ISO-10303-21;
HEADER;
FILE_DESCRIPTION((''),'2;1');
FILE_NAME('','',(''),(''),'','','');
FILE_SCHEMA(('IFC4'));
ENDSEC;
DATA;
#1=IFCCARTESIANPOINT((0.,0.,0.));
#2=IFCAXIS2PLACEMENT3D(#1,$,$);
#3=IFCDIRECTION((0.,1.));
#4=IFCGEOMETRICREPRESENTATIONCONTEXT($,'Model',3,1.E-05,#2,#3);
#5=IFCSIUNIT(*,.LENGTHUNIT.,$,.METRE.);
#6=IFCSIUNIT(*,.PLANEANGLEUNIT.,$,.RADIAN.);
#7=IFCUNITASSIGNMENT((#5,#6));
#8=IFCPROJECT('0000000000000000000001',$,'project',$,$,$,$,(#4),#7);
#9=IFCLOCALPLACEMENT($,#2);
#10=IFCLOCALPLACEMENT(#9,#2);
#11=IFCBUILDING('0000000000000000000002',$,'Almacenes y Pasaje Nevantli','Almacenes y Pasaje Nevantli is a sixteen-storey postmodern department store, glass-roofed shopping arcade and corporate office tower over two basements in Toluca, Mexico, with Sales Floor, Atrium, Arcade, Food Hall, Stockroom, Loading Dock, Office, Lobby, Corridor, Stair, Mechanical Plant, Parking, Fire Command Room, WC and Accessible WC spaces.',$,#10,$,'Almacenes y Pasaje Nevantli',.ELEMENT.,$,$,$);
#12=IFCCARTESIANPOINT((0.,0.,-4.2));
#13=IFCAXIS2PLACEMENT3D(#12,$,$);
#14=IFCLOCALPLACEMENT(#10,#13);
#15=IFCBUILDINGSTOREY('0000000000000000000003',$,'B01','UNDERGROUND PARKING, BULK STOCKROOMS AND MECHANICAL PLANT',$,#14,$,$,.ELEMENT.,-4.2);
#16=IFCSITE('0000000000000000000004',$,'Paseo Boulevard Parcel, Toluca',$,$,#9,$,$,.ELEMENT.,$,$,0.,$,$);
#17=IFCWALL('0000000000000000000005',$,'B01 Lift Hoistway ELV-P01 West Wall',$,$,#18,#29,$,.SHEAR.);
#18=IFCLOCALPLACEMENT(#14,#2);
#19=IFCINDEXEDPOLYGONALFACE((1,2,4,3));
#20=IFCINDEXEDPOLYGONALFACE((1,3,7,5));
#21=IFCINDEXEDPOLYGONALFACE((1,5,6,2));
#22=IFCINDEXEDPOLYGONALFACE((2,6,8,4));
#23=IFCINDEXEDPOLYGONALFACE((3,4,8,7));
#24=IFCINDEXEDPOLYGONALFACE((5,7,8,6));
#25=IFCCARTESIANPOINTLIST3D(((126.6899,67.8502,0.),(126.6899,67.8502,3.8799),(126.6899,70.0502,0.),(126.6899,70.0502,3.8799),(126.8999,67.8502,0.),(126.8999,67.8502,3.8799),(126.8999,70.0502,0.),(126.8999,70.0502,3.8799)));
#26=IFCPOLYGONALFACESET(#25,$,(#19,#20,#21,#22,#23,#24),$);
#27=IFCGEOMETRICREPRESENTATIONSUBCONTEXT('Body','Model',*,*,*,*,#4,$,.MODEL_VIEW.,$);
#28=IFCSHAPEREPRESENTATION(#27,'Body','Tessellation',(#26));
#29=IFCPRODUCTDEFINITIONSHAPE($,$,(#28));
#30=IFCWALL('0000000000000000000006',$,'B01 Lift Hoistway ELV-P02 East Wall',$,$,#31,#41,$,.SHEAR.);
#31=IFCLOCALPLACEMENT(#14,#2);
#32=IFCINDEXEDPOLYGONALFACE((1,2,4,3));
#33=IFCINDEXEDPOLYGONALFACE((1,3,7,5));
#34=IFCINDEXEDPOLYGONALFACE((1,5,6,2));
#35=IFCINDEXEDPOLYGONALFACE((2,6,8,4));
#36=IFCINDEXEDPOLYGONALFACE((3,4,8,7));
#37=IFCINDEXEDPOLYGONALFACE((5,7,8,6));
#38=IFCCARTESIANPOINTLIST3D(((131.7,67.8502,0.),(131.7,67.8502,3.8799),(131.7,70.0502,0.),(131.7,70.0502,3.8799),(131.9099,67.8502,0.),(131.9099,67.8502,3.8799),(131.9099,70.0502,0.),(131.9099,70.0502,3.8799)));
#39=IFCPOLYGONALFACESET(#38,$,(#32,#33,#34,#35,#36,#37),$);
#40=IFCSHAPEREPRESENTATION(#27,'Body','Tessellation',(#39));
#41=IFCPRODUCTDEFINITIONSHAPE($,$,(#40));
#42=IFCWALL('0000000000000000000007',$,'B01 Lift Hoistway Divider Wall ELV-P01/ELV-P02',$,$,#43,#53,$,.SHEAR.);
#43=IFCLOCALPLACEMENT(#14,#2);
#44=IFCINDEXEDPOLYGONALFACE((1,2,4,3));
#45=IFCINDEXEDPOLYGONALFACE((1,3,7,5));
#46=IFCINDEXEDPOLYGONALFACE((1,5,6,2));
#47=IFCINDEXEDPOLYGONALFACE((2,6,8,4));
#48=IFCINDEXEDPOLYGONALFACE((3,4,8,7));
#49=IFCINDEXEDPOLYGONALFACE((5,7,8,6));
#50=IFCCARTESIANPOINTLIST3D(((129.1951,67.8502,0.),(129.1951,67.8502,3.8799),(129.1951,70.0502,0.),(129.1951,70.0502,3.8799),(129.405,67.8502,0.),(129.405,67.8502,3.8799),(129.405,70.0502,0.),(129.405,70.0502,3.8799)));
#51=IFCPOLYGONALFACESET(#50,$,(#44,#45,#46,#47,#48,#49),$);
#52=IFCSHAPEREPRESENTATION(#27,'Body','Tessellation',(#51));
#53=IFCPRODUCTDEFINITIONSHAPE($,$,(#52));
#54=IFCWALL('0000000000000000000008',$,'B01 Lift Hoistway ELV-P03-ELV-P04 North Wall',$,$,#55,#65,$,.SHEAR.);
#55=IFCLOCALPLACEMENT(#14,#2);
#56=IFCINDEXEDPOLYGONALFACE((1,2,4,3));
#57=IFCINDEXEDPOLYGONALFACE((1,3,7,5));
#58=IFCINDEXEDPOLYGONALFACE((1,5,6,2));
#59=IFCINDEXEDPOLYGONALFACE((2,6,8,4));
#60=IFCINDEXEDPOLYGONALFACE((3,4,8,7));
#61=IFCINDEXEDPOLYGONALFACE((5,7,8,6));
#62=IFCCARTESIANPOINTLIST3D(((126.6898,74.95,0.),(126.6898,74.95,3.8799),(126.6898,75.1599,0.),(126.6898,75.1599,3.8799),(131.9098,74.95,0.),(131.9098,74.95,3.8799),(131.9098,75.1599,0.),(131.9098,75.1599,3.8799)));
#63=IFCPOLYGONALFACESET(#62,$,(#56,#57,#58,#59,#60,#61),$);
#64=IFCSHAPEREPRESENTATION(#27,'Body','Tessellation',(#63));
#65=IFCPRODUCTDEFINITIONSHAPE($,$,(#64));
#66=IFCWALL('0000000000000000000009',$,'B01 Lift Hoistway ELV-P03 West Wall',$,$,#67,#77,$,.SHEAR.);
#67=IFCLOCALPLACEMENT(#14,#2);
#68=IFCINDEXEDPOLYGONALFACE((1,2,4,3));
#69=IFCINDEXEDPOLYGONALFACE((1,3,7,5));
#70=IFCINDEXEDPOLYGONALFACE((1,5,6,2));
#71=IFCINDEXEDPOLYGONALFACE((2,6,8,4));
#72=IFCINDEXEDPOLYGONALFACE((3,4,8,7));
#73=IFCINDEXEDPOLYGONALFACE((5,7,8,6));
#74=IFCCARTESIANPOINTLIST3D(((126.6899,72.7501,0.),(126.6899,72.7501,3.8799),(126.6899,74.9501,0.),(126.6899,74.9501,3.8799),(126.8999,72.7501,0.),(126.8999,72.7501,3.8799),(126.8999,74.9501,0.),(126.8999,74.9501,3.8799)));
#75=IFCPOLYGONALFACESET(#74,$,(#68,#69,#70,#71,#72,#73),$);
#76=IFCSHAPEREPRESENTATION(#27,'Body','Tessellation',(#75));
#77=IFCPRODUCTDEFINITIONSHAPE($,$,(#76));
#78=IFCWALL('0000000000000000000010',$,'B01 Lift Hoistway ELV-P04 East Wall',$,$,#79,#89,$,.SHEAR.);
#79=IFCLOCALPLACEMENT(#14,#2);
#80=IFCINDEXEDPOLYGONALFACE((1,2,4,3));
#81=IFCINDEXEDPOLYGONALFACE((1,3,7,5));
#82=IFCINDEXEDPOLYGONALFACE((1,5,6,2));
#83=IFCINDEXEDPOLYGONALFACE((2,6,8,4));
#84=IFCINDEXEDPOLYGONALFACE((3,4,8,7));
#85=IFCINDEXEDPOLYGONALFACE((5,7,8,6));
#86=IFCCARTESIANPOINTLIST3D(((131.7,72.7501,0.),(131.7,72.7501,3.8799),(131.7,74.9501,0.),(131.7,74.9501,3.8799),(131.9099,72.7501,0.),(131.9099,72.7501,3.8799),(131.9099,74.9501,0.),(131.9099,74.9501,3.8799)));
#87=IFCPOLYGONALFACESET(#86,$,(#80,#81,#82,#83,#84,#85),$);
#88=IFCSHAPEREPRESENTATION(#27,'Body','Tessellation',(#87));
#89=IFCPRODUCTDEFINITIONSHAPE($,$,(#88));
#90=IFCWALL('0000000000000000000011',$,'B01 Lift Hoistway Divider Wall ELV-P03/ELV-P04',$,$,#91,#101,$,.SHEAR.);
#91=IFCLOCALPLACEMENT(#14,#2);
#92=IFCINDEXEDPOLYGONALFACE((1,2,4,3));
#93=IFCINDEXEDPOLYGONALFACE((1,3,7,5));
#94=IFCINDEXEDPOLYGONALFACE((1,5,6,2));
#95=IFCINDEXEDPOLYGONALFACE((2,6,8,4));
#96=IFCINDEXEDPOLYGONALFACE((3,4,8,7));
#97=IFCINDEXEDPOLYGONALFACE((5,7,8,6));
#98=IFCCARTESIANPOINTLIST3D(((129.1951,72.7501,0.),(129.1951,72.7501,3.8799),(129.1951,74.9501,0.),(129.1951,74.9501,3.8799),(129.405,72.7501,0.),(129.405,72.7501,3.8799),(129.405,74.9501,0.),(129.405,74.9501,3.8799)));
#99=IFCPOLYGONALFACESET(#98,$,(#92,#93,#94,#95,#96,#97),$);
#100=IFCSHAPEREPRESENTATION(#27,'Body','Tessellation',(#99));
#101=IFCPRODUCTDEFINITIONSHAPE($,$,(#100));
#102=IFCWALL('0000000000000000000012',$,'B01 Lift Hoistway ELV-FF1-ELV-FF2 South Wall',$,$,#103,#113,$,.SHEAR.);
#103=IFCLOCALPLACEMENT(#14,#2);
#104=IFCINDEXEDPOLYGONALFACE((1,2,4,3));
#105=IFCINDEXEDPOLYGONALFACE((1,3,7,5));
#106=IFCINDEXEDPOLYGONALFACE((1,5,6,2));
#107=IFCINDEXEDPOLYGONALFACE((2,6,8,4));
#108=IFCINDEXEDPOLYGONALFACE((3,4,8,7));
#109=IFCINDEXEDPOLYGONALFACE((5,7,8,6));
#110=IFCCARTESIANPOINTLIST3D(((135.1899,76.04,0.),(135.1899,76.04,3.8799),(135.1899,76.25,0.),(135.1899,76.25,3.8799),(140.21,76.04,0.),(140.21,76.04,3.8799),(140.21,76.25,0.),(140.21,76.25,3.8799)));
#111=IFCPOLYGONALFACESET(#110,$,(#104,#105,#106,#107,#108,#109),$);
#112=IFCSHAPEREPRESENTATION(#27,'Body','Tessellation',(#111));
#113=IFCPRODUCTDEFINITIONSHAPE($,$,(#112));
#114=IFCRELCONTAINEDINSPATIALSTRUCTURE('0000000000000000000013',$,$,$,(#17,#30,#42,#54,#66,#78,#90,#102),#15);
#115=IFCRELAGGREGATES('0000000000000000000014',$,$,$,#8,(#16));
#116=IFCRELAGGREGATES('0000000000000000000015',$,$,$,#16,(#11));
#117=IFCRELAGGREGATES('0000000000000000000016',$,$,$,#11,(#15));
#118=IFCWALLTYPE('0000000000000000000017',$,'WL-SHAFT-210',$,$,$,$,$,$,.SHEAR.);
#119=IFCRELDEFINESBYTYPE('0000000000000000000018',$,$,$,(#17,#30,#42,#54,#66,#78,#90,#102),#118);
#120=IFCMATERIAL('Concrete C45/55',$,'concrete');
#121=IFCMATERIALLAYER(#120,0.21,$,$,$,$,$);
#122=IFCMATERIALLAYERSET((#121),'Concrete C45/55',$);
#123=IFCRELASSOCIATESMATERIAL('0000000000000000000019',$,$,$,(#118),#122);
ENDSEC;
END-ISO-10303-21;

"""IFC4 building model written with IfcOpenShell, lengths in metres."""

from ifc_helpers import new_model, si_unit, direction, frame, frame_2d, origin, place, context, subcontext, project, spatial, rectangle, extrude, material, layer, layer_set, type_object, element, save


model = new_model("IFC4")

# Units and contexts
model_context = context("Model", 3, precision=1e-05, world=origin(), true_north=direction((0.0, 1.0)))
body_context = subcontext(model_context, "Body", "Model", "MODEL_VIEW")
ifc_project = project(units=[si_unit("LENGTHUNIT", "METRE"), si_unit("PLANEANGLEUNIT", "RADIAN")], contexts=[model_context])

# Site, building, storey
site_placement = place(None, origin())
site = spatial("IfcSite", under=ifc_project, at=site_placement, Name="Paseo Boulevard Parcel, Toluca", CompositionType="ELEMENT", RefElevation=0.0)
building_placement = place(site_placement, origin())
building = spatial("IfcBuilding", under=site, at=building_placement, Name="Almacenes y Pasaje Nevantli", Description="Almacenes y Pasaje Nevantli is a sixteen-storey postmodern department store, glass-roofed shopping arcade and corporate office tower over two basements in Toluca, Mexico, with Sales Floor, Atrium, Arcade, Food Hall, Stockroom, Loading Dock, Office, Lobby, Corridor, Stair, Mechanical Plant, Parking, Fire Command Room, WC and Accessible WC spaces.", LongName="Almacenes y Pasaje Nevantli", CompositionType="ELEMENT")
storey_placement = place(building_placement, frame((0.0, 0.0, -4.2)))
storey = spatial("IfcBuildingStorey", under=building, at=storey_placement, Name="B01", Description="UNDERGROUND PARKING, BULK STOCKROOMS AND MECHANICAL PLANT", CompositionType="ELEMENT", Elevation=-4.2)

# Shared definitions
ifc_material_1 = material(Name="Concrete C45/55", Category="concrete")
ifc_layer = layer(ifc_material_1, 0.21)
ifc_layer_set = layer_set([ifc_layer], Name="Concrete C45/55")
wall_type = type_object("IfcWallType", Name="WL-SHAFT-210", PredefinedType="SHEAR", material=ifc_layer_set)

# Walls
for number, where, z_axis, x_axis, name in (
    (1, (126.7949, 67.8501, 0.0), (0.0, 0.0, 1.0), (0.0, 1.0, 0.0), "B01 Lift Hoistway ELV-P01 West Wall"),
    (2, (131.8049, 67.8501, 0.0), (0.0, 0.0, 1.0), (0.0, 1.0, 0.0), "B01 Lift Hoistway ELV-P02 East Wall"),
    (3, (129.3, 67.8501, 0.0), (0.0, 0.0, 1.0), (0.0, 1.0, 0.0), "B01 Lift Hoistway Divider Wall ELV-P01/ELV-P02"),
):
    element("IfcWall", number, at=place(storey_placement, frame(where, z_axis=z_axis, x_axis=x_axis)), inside=storey, type_object=wall_type, Name=name, PredefinedType="SHEAR", context=body_context, shape_type="SweptSolid", body=[
        extrude(rectangle(XDim=2.2, YDim=0.21, at=frame_2d((1.1001, 0.0))), origin(), (0.0, 0.0, 1.0), 3.8799),
    ])

# Walls
wall_1_placement = place(storey_placement, frame((126.6899, 75.0549, 0.0), z_axis=(0.0, 0.0, 1.0), x_axis=(1.0, 0.0, 0.0)))
element("IfcWall", 4, at=wall_1_placement, inside=storey, type_object=wall_type, Name="B01 Lift Hoistway ELV-P03-ELV-P04 North Wall", PredefinedType="SHEAR", context=body_context, shape_type="SweptSolid", body=[
    extrude(rectangle(XDim=5.22, YDim=0.21, at=frame_2d((2.6099, 0.0))), origin(), (0.0, 0.0, 1.0), 3.8799),
])
for number, where, z_axis, x_axis, name in (
    (5, (126.7949, 72.75, 0.0), (0.0, 0.0, 1.0), (0.0, 1.0, 0.0), "B01 Lift Hoistway ELV-P03 West Wall"),
    (6, (131.8049, 72.75, 0.0), (0.0, 0.0, 1.0), (0.0, 1.0, 0.0), "B01 Lift Hoistway ELV-P04 East Wall"),
    (7, (129.3, 72.75, 0.0), (0.0, 0.0, 1.0), (0.0, 1.0, 0.0), "B01 Lift Hoistway Divider Wall ELV-P03/ELV-P04"),
):
    element("IfcWall", number, at=place(storey_placement, frame(where, z_axis=z_axis, x_axis=x_axis)), inside=storey, type_object=wall_type, Name=name, PredefinedType="SHEAR", context=body_context, shape_type="SweptSolid", body=[
        extrude(rectangle(XDim=2.2, YDim=0.21, at=frame_2d((1.1001, 0.0))), origin(), (0.0, 0.0, 1.0), 3.8799),
    ])
wall_2_placement = place(storey_placement, frame((135.1899, 76.145, 0.0), z_axis=(0.0, 0.0, 1.0), x_axis=(1.0, 0.0, 0.0)))
element("IfcWall", 8, at=wall_2_placement, inside=storey, type_object=wall_type, Name="B01 Lift Hoistway ELV-FF1-ELV-FF2 South Wall", PredefinedType="SHEAR", context=body_context, shape_type="SweptSolid", body=[
    extrude(rectangle(XDim=5.02, YDim=0.21, at=frame_2d((2.51, 0.0))), origin(), (0.0, 0.0, 1.0), 3.8799),
])

save(model, "model.ifc")
